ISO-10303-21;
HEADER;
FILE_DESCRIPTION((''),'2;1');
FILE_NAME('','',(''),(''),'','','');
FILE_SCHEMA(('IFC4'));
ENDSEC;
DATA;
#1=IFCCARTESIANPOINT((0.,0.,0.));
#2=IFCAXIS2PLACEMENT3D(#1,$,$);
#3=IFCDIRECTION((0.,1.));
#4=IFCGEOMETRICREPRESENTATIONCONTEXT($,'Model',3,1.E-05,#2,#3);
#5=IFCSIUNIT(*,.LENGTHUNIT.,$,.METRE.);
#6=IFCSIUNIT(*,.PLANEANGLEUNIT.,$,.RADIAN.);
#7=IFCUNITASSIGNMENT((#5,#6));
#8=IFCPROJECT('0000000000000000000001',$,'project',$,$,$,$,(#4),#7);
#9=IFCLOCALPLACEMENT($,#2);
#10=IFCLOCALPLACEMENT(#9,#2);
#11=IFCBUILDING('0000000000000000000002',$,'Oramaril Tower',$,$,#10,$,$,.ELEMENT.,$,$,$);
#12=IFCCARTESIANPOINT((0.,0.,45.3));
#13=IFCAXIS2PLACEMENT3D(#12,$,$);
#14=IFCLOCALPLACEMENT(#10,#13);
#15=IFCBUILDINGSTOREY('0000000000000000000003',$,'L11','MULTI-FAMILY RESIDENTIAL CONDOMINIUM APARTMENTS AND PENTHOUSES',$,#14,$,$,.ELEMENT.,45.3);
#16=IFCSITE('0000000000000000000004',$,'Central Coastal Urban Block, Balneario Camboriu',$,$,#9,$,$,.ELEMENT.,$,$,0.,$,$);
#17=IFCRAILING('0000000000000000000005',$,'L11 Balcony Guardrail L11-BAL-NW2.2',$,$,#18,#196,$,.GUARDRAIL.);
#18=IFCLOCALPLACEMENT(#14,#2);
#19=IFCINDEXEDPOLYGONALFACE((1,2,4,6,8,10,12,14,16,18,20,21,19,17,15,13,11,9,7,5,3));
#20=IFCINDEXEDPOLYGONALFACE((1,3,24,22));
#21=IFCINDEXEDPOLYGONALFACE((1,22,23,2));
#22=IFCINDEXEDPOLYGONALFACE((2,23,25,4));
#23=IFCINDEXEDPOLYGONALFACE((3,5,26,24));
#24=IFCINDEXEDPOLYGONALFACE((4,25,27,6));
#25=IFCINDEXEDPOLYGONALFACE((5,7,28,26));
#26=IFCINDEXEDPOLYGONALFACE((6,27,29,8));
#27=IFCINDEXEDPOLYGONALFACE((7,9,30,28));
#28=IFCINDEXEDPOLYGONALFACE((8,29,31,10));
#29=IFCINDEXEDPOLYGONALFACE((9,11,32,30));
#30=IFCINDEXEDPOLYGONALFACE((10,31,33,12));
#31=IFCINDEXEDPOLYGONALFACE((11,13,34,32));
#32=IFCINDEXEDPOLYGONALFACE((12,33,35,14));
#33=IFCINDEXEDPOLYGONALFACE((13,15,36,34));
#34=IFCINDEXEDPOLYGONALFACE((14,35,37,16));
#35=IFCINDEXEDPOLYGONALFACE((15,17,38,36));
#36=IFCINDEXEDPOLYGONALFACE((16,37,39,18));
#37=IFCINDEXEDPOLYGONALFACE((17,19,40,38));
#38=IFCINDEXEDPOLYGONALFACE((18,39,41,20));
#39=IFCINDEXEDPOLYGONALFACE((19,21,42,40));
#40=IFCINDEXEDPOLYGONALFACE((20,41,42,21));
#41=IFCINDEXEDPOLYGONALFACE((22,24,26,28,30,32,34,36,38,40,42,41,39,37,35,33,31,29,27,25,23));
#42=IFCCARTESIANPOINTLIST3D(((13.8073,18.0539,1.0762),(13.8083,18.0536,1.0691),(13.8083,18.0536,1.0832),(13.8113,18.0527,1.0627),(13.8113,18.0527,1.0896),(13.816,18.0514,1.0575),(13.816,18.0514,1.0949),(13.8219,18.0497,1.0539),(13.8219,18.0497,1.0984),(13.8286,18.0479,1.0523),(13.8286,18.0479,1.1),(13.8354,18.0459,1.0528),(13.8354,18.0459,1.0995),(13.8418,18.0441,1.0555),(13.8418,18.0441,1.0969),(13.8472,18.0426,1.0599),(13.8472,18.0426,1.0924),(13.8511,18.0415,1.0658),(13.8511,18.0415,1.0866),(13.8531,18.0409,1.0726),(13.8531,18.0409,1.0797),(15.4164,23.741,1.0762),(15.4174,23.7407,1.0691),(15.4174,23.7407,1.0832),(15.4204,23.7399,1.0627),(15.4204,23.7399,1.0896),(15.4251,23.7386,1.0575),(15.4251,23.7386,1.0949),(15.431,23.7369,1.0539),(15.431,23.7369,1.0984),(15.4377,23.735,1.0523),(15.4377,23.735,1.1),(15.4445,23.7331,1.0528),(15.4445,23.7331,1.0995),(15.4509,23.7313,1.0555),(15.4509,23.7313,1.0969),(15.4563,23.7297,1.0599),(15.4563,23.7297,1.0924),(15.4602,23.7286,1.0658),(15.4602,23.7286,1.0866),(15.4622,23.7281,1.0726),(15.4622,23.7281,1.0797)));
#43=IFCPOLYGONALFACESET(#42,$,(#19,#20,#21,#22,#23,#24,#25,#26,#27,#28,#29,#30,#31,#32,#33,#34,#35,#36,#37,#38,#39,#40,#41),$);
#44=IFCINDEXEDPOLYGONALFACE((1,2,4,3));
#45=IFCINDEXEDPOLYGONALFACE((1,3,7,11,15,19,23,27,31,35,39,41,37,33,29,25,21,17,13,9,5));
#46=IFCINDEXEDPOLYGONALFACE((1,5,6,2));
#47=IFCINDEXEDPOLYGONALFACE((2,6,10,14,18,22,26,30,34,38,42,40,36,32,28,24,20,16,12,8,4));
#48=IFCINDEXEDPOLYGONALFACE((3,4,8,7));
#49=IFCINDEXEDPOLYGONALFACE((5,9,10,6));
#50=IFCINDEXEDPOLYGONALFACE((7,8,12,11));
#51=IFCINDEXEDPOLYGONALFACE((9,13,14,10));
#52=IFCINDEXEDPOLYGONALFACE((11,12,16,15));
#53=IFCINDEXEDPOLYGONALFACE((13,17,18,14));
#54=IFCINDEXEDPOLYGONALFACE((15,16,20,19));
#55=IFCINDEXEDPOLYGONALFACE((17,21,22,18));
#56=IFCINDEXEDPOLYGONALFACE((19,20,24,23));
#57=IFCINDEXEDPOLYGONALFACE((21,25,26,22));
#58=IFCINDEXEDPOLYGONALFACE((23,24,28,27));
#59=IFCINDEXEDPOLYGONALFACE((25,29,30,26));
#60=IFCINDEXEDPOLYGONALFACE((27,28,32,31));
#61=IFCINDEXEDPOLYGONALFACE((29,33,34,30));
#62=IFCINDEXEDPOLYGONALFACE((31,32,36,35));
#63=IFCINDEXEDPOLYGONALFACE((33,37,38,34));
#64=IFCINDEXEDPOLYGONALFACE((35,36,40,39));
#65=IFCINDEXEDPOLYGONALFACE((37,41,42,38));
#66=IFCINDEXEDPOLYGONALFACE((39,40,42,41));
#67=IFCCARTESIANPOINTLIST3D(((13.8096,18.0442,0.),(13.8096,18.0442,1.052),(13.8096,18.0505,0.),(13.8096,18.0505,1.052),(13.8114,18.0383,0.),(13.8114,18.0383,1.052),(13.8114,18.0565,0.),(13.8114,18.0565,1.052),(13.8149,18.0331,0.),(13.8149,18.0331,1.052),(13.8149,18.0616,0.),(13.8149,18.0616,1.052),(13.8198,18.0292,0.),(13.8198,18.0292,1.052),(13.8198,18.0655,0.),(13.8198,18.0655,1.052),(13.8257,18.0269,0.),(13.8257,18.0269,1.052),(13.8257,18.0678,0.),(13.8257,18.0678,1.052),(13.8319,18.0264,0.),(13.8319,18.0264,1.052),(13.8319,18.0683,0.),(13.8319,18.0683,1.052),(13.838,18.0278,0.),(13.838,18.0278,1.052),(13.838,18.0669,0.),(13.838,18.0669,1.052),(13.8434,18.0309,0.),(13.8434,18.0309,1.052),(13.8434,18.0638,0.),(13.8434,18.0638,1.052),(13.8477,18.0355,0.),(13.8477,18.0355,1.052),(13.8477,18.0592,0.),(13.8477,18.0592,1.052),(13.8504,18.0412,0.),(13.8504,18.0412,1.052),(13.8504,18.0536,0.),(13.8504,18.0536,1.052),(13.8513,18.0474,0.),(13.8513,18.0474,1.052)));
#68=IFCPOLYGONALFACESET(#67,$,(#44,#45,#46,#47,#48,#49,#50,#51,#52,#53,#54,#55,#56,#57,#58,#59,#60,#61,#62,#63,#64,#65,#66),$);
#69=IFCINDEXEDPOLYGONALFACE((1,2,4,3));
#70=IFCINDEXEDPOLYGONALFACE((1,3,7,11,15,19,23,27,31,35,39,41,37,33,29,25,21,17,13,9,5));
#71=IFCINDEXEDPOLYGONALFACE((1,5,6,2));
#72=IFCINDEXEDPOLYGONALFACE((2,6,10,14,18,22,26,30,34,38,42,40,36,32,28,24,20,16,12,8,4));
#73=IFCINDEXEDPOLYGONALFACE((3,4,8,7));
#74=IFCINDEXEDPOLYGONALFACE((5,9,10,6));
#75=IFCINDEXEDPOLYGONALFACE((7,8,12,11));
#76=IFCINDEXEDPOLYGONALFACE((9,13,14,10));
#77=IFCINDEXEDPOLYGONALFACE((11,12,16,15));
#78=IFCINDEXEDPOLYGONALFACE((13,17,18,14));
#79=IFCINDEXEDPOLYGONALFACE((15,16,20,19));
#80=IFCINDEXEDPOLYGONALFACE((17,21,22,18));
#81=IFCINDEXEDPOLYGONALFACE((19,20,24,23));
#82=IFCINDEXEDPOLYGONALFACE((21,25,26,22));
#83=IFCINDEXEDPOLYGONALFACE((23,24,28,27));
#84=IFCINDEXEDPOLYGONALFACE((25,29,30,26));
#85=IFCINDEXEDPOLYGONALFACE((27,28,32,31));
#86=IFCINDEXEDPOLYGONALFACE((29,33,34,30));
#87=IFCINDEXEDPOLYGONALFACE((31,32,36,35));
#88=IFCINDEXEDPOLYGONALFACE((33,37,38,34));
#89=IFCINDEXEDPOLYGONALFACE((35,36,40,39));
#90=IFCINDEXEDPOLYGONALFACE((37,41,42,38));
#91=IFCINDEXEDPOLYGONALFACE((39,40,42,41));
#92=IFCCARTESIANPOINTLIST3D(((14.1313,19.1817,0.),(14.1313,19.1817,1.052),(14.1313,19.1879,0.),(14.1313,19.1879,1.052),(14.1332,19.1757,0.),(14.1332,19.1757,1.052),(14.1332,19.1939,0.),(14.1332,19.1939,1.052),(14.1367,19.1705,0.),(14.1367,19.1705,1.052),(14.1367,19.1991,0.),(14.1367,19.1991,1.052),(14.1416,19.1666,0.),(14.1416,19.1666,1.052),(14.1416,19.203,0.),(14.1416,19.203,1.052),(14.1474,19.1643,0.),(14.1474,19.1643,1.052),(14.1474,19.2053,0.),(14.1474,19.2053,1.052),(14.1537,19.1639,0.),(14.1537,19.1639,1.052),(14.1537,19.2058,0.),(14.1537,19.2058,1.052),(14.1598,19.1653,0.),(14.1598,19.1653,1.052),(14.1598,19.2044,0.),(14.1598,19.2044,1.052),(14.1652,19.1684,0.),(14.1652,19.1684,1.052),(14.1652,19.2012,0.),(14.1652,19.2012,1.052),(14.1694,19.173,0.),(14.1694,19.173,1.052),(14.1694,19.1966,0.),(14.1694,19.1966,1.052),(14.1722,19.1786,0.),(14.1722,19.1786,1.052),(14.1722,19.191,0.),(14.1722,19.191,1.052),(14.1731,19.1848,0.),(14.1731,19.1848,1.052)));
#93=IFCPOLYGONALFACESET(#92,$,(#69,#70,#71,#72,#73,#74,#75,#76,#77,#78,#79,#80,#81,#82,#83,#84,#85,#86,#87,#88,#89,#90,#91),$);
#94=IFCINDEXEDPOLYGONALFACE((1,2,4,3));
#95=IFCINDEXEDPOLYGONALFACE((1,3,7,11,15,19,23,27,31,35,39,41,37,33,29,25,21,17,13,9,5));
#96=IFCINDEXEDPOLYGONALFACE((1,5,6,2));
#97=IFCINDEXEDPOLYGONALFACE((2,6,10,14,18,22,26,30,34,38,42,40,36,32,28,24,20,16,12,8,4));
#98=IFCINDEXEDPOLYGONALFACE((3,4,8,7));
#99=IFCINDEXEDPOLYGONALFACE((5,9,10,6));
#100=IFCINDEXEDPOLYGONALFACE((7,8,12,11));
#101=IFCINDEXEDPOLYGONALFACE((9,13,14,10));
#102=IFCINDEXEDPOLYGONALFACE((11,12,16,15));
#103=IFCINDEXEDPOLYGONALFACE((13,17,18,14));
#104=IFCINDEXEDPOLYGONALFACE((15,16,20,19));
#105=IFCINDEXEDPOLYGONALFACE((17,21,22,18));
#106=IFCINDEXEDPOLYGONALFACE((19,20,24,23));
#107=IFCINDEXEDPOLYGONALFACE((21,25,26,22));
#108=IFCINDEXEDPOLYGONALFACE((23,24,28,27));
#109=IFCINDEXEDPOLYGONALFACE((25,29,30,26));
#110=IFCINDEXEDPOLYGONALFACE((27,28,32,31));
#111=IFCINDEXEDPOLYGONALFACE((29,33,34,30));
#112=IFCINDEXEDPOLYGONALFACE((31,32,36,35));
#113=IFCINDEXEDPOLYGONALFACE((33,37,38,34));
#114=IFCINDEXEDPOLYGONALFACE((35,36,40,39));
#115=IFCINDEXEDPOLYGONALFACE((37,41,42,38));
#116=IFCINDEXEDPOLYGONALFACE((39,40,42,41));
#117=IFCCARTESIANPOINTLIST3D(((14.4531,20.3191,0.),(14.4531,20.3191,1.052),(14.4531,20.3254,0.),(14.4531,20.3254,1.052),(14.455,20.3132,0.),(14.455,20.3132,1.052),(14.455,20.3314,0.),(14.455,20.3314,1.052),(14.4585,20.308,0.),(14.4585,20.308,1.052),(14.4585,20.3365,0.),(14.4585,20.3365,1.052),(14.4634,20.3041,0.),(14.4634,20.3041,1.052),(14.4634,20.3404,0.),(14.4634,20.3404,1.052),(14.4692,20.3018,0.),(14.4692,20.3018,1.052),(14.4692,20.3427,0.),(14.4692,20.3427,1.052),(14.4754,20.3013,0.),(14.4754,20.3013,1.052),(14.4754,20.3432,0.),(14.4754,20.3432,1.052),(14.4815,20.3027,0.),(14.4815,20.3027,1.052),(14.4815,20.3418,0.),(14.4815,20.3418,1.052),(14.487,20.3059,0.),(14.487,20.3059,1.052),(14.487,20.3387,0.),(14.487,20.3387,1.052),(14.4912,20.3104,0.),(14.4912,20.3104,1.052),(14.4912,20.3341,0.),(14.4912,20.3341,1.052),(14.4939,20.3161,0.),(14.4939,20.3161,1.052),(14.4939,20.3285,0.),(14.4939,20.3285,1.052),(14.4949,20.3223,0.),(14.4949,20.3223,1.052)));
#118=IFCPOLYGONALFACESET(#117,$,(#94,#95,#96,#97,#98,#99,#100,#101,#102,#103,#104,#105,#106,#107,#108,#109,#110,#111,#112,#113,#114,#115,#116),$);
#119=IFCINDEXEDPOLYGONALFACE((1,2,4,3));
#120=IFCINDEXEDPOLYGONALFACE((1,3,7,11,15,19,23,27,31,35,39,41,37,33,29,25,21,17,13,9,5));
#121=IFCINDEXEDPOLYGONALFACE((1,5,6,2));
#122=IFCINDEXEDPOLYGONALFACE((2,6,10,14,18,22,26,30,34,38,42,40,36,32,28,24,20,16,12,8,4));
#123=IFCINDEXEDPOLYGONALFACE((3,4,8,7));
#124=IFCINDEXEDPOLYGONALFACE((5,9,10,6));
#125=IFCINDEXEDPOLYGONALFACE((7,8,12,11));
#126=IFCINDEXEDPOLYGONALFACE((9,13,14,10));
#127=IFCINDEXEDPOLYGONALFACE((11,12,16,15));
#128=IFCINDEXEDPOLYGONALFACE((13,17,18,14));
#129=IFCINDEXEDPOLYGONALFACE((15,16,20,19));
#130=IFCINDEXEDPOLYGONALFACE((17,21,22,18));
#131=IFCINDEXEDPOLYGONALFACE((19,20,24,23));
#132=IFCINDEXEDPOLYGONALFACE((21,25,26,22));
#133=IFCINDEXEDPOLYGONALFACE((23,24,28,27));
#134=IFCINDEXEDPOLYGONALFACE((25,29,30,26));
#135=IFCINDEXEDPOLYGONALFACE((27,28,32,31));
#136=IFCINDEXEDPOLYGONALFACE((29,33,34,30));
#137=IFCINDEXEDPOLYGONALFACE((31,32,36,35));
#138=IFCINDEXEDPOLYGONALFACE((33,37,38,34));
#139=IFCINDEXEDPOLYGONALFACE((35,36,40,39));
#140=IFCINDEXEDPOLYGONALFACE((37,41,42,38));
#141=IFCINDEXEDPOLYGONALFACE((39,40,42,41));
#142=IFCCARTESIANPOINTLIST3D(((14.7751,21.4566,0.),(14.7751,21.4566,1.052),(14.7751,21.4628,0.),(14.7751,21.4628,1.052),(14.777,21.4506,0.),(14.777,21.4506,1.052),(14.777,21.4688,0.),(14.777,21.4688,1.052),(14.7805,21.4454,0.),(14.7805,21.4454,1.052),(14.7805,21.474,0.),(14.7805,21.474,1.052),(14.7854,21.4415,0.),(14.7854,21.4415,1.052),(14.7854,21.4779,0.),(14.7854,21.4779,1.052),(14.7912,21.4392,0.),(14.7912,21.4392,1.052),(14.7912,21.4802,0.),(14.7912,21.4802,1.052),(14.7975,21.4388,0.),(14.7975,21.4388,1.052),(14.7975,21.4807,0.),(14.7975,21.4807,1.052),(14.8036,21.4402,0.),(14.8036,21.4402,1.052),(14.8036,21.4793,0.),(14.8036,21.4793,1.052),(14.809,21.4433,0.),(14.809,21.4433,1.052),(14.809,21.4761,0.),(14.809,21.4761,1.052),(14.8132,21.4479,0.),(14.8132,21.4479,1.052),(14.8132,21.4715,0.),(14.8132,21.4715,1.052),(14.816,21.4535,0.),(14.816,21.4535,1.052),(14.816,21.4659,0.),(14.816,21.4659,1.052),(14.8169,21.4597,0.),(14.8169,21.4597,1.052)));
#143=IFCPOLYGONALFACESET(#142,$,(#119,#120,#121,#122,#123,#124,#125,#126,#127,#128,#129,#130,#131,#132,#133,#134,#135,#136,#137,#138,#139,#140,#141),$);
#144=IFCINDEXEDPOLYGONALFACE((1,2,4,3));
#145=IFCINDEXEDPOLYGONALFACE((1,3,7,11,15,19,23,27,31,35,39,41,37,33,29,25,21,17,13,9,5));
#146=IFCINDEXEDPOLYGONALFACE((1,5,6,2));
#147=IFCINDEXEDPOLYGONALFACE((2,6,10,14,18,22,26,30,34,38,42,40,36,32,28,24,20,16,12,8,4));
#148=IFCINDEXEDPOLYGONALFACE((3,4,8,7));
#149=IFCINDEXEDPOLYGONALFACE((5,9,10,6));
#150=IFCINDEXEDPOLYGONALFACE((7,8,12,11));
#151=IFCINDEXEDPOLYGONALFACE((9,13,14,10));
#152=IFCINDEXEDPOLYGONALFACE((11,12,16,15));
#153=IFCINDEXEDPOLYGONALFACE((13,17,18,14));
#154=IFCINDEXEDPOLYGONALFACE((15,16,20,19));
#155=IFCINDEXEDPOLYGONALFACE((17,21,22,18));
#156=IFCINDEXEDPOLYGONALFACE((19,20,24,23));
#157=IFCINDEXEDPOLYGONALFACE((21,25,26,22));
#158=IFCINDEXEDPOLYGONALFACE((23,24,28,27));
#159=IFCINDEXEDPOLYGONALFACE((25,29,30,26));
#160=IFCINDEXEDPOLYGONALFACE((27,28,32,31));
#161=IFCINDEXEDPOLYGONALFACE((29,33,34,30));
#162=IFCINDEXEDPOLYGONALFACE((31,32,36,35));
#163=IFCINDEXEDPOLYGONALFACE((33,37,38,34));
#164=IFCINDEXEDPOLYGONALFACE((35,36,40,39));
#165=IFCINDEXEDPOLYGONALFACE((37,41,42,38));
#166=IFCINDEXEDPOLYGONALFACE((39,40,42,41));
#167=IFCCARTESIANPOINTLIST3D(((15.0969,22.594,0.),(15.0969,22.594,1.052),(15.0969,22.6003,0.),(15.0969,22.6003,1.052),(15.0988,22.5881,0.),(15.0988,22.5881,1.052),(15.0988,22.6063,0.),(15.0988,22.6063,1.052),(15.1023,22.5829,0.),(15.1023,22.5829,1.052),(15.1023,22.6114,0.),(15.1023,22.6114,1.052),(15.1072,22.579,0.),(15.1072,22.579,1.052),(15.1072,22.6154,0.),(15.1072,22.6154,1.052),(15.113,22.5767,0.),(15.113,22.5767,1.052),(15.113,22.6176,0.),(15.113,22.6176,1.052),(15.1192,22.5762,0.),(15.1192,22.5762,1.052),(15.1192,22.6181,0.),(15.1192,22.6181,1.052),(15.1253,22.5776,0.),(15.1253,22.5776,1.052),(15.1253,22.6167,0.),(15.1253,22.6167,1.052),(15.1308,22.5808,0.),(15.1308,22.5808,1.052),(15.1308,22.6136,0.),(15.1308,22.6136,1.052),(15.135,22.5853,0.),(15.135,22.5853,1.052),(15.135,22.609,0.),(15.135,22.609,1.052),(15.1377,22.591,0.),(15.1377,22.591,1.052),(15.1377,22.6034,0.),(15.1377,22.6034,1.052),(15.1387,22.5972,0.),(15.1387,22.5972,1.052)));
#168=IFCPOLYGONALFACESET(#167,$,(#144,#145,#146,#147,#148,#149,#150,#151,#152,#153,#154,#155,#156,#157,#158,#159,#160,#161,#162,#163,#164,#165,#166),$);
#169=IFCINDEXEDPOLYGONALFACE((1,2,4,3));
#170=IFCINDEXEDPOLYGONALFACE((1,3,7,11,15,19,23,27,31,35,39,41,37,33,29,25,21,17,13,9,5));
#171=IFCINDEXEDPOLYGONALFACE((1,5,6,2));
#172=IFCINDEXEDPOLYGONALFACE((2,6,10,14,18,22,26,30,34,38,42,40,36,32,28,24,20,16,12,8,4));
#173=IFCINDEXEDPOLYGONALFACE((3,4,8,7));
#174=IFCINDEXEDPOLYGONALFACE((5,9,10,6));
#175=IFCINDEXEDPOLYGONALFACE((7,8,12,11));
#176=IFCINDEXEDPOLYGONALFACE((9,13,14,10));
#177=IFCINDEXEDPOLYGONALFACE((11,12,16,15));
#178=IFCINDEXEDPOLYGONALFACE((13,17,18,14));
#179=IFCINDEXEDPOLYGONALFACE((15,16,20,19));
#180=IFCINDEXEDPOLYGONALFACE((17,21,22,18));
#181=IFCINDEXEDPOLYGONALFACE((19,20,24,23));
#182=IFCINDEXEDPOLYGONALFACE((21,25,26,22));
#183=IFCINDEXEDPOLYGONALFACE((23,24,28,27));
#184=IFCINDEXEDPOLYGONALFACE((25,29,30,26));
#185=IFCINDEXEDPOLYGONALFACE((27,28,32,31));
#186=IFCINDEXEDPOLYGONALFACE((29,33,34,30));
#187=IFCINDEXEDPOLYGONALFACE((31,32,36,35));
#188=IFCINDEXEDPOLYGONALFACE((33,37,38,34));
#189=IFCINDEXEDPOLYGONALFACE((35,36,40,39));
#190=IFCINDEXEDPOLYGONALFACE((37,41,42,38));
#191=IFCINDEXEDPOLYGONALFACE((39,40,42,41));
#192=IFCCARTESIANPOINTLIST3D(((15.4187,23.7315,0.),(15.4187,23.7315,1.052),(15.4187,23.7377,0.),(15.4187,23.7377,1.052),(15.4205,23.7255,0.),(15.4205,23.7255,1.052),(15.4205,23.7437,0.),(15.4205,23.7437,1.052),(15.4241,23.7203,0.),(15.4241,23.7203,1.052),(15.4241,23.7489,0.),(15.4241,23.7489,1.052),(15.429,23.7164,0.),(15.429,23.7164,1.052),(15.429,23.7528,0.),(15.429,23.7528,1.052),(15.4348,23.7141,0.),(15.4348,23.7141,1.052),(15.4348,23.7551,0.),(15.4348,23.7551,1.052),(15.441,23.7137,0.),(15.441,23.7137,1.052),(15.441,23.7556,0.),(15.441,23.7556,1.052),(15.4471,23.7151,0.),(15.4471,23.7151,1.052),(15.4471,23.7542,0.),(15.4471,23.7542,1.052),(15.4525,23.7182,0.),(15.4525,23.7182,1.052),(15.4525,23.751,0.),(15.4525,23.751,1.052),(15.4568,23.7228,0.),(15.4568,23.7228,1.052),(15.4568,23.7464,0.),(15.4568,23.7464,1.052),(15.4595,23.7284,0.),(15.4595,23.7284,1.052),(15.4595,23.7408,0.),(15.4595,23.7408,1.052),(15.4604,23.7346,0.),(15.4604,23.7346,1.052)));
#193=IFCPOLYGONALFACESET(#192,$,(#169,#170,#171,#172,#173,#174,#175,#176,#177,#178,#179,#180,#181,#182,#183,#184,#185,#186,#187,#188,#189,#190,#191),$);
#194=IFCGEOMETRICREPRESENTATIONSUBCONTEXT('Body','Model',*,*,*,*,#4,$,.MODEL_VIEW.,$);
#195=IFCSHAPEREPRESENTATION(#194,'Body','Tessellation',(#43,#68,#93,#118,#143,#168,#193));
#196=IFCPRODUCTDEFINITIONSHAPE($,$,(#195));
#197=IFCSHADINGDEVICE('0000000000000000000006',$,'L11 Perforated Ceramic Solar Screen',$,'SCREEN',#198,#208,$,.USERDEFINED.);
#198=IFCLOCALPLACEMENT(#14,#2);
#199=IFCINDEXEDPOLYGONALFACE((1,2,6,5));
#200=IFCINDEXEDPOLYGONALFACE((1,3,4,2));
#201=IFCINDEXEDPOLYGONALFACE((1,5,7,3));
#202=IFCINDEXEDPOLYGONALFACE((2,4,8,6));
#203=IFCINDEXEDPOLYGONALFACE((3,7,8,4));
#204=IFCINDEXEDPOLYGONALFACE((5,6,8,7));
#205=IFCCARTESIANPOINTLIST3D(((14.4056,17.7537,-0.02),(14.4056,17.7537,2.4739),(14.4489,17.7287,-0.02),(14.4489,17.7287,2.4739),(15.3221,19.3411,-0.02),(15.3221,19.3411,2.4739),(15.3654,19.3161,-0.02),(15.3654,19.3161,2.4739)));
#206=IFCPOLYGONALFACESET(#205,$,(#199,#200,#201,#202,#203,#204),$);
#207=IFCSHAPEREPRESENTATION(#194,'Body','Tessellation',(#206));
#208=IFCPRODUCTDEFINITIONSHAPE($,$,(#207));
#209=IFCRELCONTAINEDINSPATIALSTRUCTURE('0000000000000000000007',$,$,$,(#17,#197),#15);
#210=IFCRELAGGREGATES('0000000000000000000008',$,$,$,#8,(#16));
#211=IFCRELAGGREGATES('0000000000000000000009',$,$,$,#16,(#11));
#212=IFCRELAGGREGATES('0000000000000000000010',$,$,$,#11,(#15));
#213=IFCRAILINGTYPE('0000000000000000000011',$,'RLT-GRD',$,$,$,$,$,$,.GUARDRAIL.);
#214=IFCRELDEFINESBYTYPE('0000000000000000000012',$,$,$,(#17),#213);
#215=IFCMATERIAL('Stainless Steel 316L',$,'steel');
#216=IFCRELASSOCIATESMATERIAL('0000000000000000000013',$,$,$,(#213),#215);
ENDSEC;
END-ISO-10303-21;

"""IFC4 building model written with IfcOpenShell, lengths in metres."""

from ifc_helpers import new_model, si_unit, direction, frame, origin, origin_2d, place, context, subcontext, project, spatial, rectangle, circle, extrude, material, type_object, element, save


model = new_model("IFC4")

# Units and contexts
model_context = context("Model", 3, precision=1e-05, world=origin(), true_north=direction((0.0, 1.0)))
body_context = subcontext(model_context, "Body", "Model", "MODEL_VIEW")
ifc_project = project(units=[si_unit("LENGTHUNIT", "METRE"), si_unit("PLANEANGLEUNIT", "RADIAN")], contexts=[model_context])

# Site, building, storey
site_placement = place(None, origin())
site = spatial("IfcSite", under=ifc_project, at=site_placement, Name="Central Coastal Urban Block, Balneario Camboriu", CompositionType="ELEMENT", RefElevation=0.0)
building_placement = place(site_placement, origin())
building = spatial("IfcBuilding", under=site, at=building_placement, Name="Oramaril Tower", CompositionType="ELEMENT")
storey_placement = place(building_placement, frame((0.0, 0.0, 45.3)))
storey = spatial("IfcBuildingStorey", under=building, at=storey_placement, Name="L11", Description="MULTI-FAMILY RESIDENTIAL CONDOMINIUM APARTMENTS AND PENTHOUSES", CompositionType="ELEMENT", Elevation=45.3)

# Railing
ifc_material_1 = material(Name="Stainless Steel 316L", Category="steel")
railing_type = type_object("IfcRailingType", Name="RLT-GRD", PredefinedType="GUARDRAIL", material=ifc_material_1)
railing_1_placement = place(storey_placement, frame((13.8303, 18.0474, 0.0)))
element("IfcRailing", 1, at=railing_1_placement, inside=storey, type_object=railing_type, Name="L11 Balcony Guardrail L11-BAL-NW2.2", PredefinedType="GUARDRAIL", context=body_context, shape_type="SweptSolid", body=[
    extrude(circle(Radius=0.0239, at=origin_2d()), frame((0.0, 0.0, 1.0762), z_axis=(0.272249, 0.962227, 0.0), x_axis=(-0.962227, 0.272249, 0.0)), (0.0, 0.0, 1.0), 5.9104),
    extrude(circle(Radius=0.021, at=origin_2d()), origin(), (0.0, 0.0, 1.0), 1.052),
    extrude(circle(Radius=0.021, at=origin_2d()), frame((0.3218, 1.1375, 0.0)), (0.0, 0.0, 1.0), 1.052),
    extrude(circle(Radius=0.021, at=origin_2d()), frame((0.6436, 2.2749, 0.0)), (0.0, 0.0, 1.0), 1.052),
    extrude(circle(Radius=0.021, at=origin_2d()), frame((0.9656, 3.4124, 0.0)), (0.0, 0.0, 1.0), 1.052),
    extrude(circle(Radius=0.021, at=origin_2d()), frame((1.2874, 4.5498, 0.0)), (0.0, 0.0, 1.0), 1.052),
    extrude(circle(Radius=0.021, at=origin_2d()), frame((1.6091, 5.6873, 0.0)), (0.0, 0.0, 1.0), 1.052),
])

# Shading device
shading_device_placement = place(storey_placement, frame((14.8855, 18.5349, -0.02), z_axis=(0.0, 0.0, 1.0), x_axis=(-0.500002, -0.866025, 0.0)))
element("IfcShadingDevice", 2, at=shading_device_placement, inside=storey, Name="L11 Perforated Ceramic Solar Screen", ObjectType="SCREEN", PredefinedType="USERDEFINED", context=body_context, shape_type="SweptSolid", body=[
    extrude(rectangle(XDim=1.833, YDim=0.05, at=origin_2d()), origin(), (0.0, 0.0, 1.0), 2.4939),
])

save(model, "model.ifc")
